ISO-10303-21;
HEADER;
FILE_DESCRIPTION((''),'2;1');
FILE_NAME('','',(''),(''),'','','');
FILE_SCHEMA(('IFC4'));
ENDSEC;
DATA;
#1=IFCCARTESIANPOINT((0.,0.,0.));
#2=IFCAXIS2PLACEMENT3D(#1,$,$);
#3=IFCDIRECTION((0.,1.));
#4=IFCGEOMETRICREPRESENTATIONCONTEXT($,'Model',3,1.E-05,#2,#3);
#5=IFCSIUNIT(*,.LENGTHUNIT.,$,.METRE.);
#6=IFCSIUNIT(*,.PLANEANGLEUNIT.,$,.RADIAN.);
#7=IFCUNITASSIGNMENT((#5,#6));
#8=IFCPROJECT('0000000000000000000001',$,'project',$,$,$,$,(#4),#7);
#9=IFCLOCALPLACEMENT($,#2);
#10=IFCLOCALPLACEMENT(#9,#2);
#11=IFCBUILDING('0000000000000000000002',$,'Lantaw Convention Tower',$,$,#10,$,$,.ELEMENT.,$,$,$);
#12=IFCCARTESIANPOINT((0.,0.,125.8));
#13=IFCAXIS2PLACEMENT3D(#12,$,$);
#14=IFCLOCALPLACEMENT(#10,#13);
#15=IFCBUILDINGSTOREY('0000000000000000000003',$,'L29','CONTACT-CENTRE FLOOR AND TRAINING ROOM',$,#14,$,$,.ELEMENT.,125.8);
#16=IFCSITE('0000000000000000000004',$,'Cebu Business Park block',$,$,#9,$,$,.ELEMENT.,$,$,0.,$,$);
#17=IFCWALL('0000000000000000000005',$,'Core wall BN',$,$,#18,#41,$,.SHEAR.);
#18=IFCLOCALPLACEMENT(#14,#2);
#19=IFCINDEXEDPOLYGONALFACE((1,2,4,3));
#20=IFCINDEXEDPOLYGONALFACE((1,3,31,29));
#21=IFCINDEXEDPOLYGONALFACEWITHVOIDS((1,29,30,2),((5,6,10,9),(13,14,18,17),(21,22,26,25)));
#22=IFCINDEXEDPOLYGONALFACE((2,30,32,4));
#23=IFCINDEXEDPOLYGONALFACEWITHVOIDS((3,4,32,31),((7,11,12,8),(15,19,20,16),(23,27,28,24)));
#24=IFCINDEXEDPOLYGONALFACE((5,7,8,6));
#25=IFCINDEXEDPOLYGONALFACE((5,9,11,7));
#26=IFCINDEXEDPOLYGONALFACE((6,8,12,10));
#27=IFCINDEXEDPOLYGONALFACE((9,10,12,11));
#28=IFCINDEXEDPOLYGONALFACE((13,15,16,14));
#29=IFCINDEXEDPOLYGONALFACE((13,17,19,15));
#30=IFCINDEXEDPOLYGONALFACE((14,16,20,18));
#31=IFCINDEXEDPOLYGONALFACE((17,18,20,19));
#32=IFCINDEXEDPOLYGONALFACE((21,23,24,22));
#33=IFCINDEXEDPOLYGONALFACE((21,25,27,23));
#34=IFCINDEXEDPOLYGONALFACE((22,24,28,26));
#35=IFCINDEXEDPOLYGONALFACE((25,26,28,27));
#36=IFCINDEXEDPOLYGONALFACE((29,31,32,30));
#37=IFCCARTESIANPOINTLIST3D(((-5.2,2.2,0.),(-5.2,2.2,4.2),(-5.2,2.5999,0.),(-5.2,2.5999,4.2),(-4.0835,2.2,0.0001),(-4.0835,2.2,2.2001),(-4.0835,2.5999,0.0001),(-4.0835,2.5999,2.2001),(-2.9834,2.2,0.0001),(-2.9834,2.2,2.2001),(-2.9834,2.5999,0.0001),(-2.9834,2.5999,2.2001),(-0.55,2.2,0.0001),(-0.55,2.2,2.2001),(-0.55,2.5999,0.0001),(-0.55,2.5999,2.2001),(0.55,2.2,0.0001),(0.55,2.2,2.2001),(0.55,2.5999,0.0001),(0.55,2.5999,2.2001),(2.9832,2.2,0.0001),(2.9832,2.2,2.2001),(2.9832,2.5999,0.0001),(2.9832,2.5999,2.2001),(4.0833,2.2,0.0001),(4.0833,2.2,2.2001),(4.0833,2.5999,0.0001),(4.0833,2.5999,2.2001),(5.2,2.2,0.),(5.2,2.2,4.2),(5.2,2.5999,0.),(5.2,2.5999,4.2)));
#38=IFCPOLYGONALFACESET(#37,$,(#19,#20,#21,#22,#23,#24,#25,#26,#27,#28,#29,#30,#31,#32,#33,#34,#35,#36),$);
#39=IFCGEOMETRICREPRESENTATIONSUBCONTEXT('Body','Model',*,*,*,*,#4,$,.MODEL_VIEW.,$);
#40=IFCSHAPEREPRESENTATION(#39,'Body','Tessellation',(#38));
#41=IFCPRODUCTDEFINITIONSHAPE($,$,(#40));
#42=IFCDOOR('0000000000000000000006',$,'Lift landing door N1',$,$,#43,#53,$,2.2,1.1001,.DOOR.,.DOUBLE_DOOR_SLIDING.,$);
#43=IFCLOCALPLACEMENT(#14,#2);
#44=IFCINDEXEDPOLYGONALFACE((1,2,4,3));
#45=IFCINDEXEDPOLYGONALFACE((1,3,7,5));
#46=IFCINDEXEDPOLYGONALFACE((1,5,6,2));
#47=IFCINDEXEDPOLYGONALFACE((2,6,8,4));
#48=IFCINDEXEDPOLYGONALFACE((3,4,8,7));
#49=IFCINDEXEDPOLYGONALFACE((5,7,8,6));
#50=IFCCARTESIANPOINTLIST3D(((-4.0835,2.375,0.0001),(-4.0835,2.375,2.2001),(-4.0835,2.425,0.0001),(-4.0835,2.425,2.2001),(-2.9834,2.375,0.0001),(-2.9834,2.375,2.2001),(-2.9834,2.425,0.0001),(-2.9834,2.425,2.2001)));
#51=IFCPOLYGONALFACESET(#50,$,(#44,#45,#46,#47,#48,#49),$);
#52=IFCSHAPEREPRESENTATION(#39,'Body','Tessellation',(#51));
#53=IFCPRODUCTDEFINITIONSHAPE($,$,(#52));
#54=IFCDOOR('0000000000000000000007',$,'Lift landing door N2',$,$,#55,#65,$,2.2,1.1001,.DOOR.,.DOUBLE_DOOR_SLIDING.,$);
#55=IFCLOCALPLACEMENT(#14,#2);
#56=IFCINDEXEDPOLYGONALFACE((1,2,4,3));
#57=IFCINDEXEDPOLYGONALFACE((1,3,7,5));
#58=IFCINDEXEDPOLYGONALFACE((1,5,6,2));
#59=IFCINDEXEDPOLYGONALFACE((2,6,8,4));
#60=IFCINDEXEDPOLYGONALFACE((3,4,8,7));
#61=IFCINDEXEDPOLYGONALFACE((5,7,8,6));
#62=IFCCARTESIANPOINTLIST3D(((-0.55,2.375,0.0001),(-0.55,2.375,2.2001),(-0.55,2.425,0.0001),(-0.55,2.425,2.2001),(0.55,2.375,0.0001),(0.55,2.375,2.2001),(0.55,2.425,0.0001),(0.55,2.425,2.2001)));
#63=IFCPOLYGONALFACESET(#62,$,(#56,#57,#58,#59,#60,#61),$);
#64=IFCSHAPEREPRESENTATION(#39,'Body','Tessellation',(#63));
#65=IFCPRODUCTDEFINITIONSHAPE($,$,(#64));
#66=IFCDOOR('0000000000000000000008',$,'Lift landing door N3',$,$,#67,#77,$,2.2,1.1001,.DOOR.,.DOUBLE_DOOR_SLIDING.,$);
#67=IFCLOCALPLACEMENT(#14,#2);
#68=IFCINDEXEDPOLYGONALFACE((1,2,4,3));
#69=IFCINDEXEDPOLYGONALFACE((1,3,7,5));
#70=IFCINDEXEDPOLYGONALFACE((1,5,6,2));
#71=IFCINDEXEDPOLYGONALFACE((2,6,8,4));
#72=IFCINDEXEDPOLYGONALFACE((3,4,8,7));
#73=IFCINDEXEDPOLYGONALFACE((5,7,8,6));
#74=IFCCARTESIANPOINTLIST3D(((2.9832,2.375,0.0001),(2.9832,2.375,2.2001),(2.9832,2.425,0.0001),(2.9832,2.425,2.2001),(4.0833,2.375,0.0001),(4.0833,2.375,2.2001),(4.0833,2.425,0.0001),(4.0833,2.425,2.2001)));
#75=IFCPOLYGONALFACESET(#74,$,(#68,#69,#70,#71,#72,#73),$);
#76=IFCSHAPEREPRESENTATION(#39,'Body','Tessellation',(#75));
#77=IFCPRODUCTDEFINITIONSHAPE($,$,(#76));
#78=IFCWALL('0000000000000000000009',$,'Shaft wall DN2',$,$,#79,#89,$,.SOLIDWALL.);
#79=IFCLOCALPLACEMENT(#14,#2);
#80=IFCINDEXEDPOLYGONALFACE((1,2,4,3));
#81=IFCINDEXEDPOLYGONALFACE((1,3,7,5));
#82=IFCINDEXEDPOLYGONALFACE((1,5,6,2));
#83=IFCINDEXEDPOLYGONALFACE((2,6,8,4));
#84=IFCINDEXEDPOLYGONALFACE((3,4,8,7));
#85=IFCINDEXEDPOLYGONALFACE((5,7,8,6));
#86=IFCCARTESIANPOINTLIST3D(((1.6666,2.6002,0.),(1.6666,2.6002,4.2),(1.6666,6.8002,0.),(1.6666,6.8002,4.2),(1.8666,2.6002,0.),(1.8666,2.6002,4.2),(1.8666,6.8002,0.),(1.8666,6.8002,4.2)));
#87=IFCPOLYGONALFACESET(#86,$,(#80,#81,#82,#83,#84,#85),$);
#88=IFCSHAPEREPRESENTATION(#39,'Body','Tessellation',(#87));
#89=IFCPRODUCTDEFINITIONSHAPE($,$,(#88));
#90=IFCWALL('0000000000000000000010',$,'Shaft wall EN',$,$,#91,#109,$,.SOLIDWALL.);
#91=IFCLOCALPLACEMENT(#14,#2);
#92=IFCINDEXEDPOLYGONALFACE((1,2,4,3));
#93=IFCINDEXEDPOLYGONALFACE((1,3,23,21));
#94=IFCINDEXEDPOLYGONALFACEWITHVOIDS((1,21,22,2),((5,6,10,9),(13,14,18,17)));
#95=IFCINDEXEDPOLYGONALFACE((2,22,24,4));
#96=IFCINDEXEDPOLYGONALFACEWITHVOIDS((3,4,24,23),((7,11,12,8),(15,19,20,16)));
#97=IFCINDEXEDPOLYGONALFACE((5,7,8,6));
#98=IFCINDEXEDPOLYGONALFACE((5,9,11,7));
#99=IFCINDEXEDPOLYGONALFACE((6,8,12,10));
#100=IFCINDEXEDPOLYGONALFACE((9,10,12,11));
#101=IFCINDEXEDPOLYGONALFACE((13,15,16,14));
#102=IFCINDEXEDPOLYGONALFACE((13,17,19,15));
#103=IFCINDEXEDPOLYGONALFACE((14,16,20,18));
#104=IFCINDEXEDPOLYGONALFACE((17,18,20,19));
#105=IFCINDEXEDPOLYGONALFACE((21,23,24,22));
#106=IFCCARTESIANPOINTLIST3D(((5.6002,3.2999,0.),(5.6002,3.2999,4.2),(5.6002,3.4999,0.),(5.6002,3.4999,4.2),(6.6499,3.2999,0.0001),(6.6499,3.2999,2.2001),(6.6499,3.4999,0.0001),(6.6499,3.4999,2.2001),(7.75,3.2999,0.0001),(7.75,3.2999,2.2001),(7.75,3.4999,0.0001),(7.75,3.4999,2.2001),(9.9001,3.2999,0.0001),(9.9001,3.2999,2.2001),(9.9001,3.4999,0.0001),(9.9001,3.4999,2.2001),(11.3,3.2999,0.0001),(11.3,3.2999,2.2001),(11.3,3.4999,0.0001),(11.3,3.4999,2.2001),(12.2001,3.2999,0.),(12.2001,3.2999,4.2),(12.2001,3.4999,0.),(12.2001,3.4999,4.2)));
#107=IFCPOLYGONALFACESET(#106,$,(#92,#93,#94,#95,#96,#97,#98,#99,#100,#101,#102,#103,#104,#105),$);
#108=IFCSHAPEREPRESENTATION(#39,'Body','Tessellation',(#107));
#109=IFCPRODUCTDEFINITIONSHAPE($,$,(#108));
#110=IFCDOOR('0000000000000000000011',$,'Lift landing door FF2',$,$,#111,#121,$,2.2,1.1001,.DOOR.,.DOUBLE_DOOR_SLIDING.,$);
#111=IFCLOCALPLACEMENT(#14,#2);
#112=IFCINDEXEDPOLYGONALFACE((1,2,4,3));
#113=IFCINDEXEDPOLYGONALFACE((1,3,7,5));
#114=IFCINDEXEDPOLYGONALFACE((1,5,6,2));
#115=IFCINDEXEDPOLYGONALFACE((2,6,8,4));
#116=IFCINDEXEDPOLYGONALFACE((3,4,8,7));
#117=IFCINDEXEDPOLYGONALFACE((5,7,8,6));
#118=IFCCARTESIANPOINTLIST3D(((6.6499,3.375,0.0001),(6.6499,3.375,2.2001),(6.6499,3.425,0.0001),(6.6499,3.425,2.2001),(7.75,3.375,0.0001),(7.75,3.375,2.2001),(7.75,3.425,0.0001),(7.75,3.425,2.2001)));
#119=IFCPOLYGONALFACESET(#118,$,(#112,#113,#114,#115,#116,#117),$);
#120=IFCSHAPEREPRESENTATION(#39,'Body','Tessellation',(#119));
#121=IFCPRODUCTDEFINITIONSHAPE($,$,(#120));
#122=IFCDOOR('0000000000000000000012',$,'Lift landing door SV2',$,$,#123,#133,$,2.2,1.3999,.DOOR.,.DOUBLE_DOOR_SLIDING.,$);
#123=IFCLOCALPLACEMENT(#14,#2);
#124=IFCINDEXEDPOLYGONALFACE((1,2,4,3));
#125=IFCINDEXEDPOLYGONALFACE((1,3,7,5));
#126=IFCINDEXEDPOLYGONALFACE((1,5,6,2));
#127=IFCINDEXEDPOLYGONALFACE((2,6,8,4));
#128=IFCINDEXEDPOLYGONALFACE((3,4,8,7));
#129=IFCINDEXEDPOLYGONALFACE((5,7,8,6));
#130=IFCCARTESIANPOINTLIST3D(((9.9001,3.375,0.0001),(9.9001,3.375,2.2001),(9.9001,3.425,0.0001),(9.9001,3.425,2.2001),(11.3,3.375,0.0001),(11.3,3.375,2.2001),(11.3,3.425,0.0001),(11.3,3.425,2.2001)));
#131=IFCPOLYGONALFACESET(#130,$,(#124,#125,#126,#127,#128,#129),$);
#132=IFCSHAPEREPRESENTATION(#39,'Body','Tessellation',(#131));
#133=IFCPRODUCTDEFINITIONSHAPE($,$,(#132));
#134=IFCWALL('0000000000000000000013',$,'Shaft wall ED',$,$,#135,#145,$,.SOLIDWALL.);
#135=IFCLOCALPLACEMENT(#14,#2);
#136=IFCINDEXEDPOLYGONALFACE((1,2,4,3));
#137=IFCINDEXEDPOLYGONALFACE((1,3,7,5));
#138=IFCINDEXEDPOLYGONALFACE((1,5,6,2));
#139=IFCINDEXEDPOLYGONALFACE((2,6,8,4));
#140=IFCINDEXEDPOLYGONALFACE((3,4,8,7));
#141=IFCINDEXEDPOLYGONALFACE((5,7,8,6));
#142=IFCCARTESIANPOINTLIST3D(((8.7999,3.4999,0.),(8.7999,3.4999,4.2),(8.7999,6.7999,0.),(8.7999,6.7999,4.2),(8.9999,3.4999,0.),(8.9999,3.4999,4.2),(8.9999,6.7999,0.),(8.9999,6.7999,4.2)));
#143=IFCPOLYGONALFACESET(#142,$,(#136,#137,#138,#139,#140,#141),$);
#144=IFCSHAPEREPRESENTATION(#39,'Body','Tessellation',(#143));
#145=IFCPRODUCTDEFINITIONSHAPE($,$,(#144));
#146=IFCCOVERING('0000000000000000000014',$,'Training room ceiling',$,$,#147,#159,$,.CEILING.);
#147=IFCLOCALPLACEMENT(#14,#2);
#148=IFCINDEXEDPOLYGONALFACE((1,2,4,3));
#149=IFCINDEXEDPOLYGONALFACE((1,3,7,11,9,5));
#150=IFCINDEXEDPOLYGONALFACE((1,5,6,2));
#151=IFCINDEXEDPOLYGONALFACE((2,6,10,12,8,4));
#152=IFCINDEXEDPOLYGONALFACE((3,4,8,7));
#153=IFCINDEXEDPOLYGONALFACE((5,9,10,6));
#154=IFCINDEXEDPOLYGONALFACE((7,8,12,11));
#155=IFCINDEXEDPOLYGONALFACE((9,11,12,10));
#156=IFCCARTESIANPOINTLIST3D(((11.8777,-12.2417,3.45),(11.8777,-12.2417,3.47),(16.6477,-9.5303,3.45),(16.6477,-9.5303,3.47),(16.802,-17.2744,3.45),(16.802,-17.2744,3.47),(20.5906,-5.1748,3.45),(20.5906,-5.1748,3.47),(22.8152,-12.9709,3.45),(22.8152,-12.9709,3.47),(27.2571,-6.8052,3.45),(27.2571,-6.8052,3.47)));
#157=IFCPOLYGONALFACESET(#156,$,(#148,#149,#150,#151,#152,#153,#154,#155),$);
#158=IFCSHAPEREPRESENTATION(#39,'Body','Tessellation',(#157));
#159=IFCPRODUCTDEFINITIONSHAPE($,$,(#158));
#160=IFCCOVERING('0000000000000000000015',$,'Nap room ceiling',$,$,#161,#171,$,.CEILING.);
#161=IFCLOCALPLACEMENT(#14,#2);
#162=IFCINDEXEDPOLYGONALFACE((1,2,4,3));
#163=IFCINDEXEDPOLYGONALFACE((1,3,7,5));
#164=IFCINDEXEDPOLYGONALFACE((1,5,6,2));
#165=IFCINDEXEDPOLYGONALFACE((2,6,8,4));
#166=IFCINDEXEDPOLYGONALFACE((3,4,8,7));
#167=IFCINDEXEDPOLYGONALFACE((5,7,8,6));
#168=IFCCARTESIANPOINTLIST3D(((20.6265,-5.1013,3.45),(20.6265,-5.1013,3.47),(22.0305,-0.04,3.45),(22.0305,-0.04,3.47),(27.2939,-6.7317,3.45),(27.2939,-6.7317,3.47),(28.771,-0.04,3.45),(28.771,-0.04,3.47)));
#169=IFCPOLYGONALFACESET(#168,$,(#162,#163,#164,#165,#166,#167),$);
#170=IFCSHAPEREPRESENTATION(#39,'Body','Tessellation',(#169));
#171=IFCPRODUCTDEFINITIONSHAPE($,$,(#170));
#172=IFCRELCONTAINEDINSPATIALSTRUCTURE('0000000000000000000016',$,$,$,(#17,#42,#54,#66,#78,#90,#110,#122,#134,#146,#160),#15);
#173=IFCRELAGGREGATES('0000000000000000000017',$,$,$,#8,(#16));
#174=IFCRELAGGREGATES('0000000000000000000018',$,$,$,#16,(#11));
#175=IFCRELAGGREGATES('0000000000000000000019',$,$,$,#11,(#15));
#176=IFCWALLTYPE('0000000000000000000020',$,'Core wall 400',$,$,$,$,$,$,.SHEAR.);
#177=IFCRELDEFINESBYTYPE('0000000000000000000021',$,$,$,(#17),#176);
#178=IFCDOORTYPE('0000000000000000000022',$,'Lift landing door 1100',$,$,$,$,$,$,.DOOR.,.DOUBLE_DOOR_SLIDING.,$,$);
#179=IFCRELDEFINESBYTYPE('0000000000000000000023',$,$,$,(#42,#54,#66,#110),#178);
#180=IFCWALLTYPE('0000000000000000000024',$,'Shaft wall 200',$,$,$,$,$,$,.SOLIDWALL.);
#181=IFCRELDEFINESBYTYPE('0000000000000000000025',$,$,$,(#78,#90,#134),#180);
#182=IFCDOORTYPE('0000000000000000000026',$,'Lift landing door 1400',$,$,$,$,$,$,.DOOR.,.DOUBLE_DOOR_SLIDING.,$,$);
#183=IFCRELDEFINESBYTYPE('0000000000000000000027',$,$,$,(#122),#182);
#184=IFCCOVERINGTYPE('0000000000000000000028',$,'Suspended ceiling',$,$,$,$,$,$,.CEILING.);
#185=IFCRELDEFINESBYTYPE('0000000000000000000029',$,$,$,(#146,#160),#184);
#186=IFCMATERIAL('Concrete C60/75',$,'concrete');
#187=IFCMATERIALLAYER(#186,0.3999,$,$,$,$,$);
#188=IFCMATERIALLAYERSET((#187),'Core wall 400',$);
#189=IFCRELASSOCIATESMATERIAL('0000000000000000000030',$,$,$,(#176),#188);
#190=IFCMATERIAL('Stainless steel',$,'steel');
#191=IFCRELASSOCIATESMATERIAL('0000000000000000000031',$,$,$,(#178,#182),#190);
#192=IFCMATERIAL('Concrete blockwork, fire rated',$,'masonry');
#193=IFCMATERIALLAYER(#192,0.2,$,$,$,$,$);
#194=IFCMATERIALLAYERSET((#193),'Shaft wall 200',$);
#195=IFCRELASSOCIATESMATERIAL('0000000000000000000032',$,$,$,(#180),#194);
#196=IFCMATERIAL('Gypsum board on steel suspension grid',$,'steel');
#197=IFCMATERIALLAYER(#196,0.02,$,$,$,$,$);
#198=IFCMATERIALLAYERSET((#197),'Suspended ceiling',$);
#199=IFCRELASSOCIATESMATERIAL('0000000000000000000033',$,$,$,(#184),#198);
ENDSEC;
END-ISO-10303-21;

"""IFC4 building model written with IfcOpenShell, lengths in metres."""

from ifc_helpers import new_model, si_unit, direction, frame, frame_2d, origin, place, context, subcontext, project, spatial, polyline, rectangle, outline, extrude, material, layer, layer_set, type_object, element, fill, save


model = new_model("IFC4")

# Units and contexts
model_context = context("Model", 3, precision=1e-05, world=origin(), true_north=direction((0.0, 1.0)))
body_context = subcontext(model_context, "Body", "Model", "MODEL_VIEW")
ifc_project = project(units=[si_unit("LENGTHUNIT", "METRE"), si_unit("PLANEANGLEUNIT", "RADIAN")], contexts=[model_context])

# Site, building, storey
site_placement = place(None, origin())
site = spatial("IfcSite", under=ifc_project, at=site_placement, Name="Cebu Business Park block", CompositionType="ELEMENT", RefElevation=0.0)
building_placement = place(site_placement, origin())
building = spatial("IfcBuilding", under=site, at=building_placement, Name="Lantaw Convention Tower", CompositionType="ELEMENT")
storey_placement = place(building_placement, frame((0.0, 0.0, 125.8)))
storey = spatial("IfcBuildingStorey", under=building, at=storey_placement, Name="L29", Description="CONTACT-CENTRE FLOOR AND TRAINING ROOM", CompositionType="ELEMENT", Elevation=125.8)

# Wall, openings, doors
ifc_material_1 = material(Name="Concrete C60/75", Category="concrete")
ifc_layer_1 = layer(ifc_material_1, 0.3999)
ifc_layer_set_1 = layer_set([ifc_layer_1], Name="Core wall 400")
wall_type_1 = type_object("IfcWallType", Name="Core wall 400", PredefinedType="SHEAR", material=ifc_layer_set_1)
wall_1_placement = place(storey_placement, frame((5.2, 2.3999, 0.0), z_axis=(0.0, 0.0, 1.0), x_axis=(-1.0, 0.0, 0.0)))
wall_1 = element("IfcWall", 1, at=wall_1_placement, inside=storey, type_object=wall_type_1, Name="Core wall BN", PredefinedType="SHEAR", context=body_context, shape_type="SweptSolid", body=[
    extrude(rectangle(XDim=10.3999, YDim=0.3999, at=frame_2d((5.2, 0.0))), origin(), (0.0, 0.0, 1.0), 4.2),
])
opening_1_placement = place(wall_1_placement, frame((8.1833, 0.0, 0.0)))
opening_1 = element("IfcOpeningElement", 2, at=opening_1_placement, cuts=wall_1, PredefinedType="OPENING", context=body_context, shape_type="SweptSolid", body=[
    extrude(rectangle(XDim=1.1001, YDim=2.2, at=frame_2d((0.55, 1.1001))), frame((0.0, 0.21, 0.0), z_axis=(0.0, -1.0, 0.0), x_axis=(1.0, 0.0, 0.0)), (0.0, 0.0, 1.0), 0.4199),
])
opening_2_placement = place(wall_1_placement, frame((4.6499, 0.0, 0.0)))
opening_2 = element("IfcOpeningElement", 3, at=opening_2_placement, cuts=wall_1, PredefinedType="OPENING", context=body_context, shape_type="SweptSolid", body=[
    extrude(rectangle(XDim=1.1001, YDim=2.2, at=frame_2d((0.55, 1.1001))), frame((0.0, 0.21, 0.0), z_axis=(0.0, -1.0, 0.0), x_axis=(1.0, 0.0, 0.0)), (0.0, 0.0, 1.0), 0.4199),
])
opening_3_placement = place(wall_1_placement, frame((1.1167, 0.0, 0.0)))
opening_3 = element("IfcOpeningElement", 4, at=opening_3_placement, cuts=wall_1, PredefinedType="OPENING", context=body_context, shape_type="SweptSolid", body=[
    extrude(rectangle(XDim=1.1001, YDim=2.2, at=frame_2d((0.55, 1.1001))), frame((0.0, 0.21, 0.0), z_axis=(0.0, -1.0, 0.0), x_axis=(1.0, 0.0, 0.0)), (0.0, 0.0, 1.0), 0.4199),
])
ifc_material_2 = material(Name="Stainless steel", Category="steel")
door_type_1 = type_object("IfcDoorType", Name="Lift landing door 1100", OperationType="DOUBLE_DOOR_SLIDING", PredefinedType="DOOR", material=ifc_material_2)
door_1_placement = place(opening_1_placement, origin())
door_1 = element("IfcDoor", 5, at=door_1_placement, inside=storey, type_object=door_type_1, Name="Lift landing door N1", OperationType="DOUBLE_DOOR_SLIDING", OverallHeight=2.2, OverallWidth=1.1001, PredefinedType="DOOR", context=body_context, shape_type="SweptSolid", body=[
    extrude(rectangle(XDim=1.1001, YDim=2.2, at=frame_2d((0.55, 1.1001))), frame((0.0, 0.0249, 0.0), z_axis=(0.0, -1.0, 0.0), x_axis=(1.0, 0.0, 0.0)), (0.0, 0.0, 1.0), 0.05),
])
fill(opening_1, door_1)
door_2_placement = place(opening_2_placement, origin())
door_2 = element("IfcDoor", 6, at=door_2_placement, inside=storey, type_object=door_type_1, Name="Lift landing door N2", OperationType="DOUBLE_DOOR_SLIDING", OverallHeight=2.2, OverallWidth=1.1001, PredefinedType="DOOR", context=body_context, shape_type="SweptSolid", body=[
    extrude(rectangle(XDim=1.1001, YDim=2.2, at=frame_2d((0.55, 1.1001))), frame((0.0, 0.0249, 0.0), z_axis=(0.0, -1.0, 0.0), x_axis=(1.0, 0.0, 0.0)), (0.0, 0.0, 1.0), 0.05),
])
fill(opening_2, door_2)
door_3_placement = place(opening_3_placement, origin())
door_3 = element("IfcDoor", 7, at=door_3_placement, inside=storey, type_object=door_type_1, Name="Lift landing door N3", OperationType="DOUBLE_DOOR_SLIDING", OverallHeight=2.2, OverallWidth=1.1001, PredefinedType="DOOR", context=body_context, shape_type="SweptSolid", body=[
    extrude(rectangle(XDim=1.1001, YDim=2.2, at=frame_2d((0.55, 1.1001))), frame((0.0, 0.0249, 0.0), z_axis=(0.0, -1.0, 0.0), x_axis=(1.0, 0.0, 0.0)), (0.0, 0.0, 1.0), 0.05),
])
fill(opening_3, door_3)

# Wall
ifc_material_3 = material(Name="Concrete blockwork, fire rated", Category="masonry")
ifc_layer_2 = layer(ifc_material_3, 0.2)
ifc_layer_set_2 = layer_set([ifc_layer_2], Name="Shaft wall 200")
wall_type_2 = type_object("IfcWallType", Name="Shaft wall 200", PredefinedType="SOLIDWALL", material=ifc_layer_set_2)
wall_2_placement = place(storey_placement, frame((1.7666, 2.6001, 0.0), z_axis=(0.0, 0.0, 1.0), x_axis=(0.0, 1.0, 0.0)))
element("IfcWall", 8, at=wall_2_placement, inside=storey, type_object=wall_type_2, Name="Shaft wall DN2", PredefinedType="SOLIDWALL", context=body_context, shape_type="SweptSolid", body=[
    extrude(rectangle(XDim=4.2, YDim=0.2, at=frame_2d((2.1001, 0.0))), origin(), (0.0, 0.0, 1.0), 4.2),
])

# Wall, openings, doors
wall_3_placement = place(storey_placement, frame((12.2, 3.3999, 0.0), z_axis=(0.0, 0.0, 1.0), x_axis=(-1.0, 0.0, 0.0)))
wall_3 = element("IfcWall", 9, at=wall_3_placement, inside=storey, type_object=wall_type_2, Name="Shaft wall EN", PredefinedType="SOLIDWALL", context=body_context, shape_type="SweptSolid", body=[
    extrude(rectangle(XDim=6.5999, YDim=0.2, at=frame_2d((3.2998, 0.0))), origin(), (0.0, 0.0, 1.0), 4.2),
])
opening_4_placement = place(wall_3_placement, frame((4.45, 0.0, 0.0)))
opening_4 = element("IfcOpeningElement", 10, at=opening_4_placement, cuts=wall_3, PredefinedType="OPENING", context=body_context, shape_type="SweptSolid", body=[
    extrude(rectangle(XDim=1.1001, YDim=2.2, at=frame_2d((0.55, 1.1001))), frame((0.0, 0.1099, 0.0), z_axis=(0.0, -1.0, 0.0), x_axis=(1.0, 0.0, 0.0)), (0.0, 0.0, 1.0), 0.22),
])
opening_5_placement = place(wall_3_placement, frame((0.8999, 0.0, 0.0)))
opening_5 = element("IfcOpeningElement", 11, at=opening_5_placement, cuts=wall_3, PredefinedType="OPENING", context=body_context, shape_type="SweptSolid", body=[
    extrude(rectangle(XDim=1.3999, YDim=2.2, at=frame_2d((0.7, 1.1001))), frame((0.0, 0.1099, 0.0), z_axis=(0.0, -1.0, 0.0), x_axis=(1.0, 0.0, 0.0)), (0.0, 0.0, 1.0), 0.22),
])
door_4_placement = place(opening_4_placement, origin())
door_4 = element("IfcDoor", 12, at=door_4_placement, inside=storey, type_object=door_type_1, Name="Lift landing door FF2", OperationType="DOUBLE_DOOR_SLIDING", OverallHeight=2.2, OverallWidth=1.1001, PredefinedType="DOOR", context=body_context, shape_type="SweptSolid", body=[
    extrude(rectangle(XDim=1.1001, YDim=2.2, at=frame_2d((0.55, 1.1001))), frame((0.0, 0.0249, 0.0), z_axis=(0.0, -1.0, 0.0), x_axis=(1.0, 0.0, 0.0)), (0.0, 0.0, 1.0), 0.05),
])
fill(opening_4, door_4)
door_type_2 = type_object("IfcDoorType", Name="Lift landing door 1400", OperationType="DOUBLE_DOOR_SLIDING", PredefinedType="DOOR", material=ifc_material_2)
door_5_placement = place(opening_5_placement, origin())
door_5 = element("IfcDoor", 13, at=door_5_placement, inside=storey, type_object=door_type_2, Name="Lift landing door SV2", OperationType="DOUBLE_DOOR_SLIDING", OverallHeight=2.2, OverallWidth=1.3999, PredefinedType="DOOR", context=body_context, shape_type="SweptSolid", body=[
    extrude(rectangle(XDim=1.3999, YDim=2.2, at=frame_2d((0.7, 1.1001))), frame((0.0, 0.0249, 0.0), z_axis=(0.0, -1.0, 0.0), x_axis=(1.0, 0.0, 0.0)), (0.0, 0.0, 1.0), 0.05),
])
fill(opening_5, door_5)

# Wall
wall_4_placement = place(storey_placement, frame((8.8999, 3.5, 0.0), z_axis=(0.0, 0.0, 1.0), x_axis=(0.0, 1.0, 0.0)))
element("IfcWall", 14, at=wall_4_placement, inside=storey, type_object=wall_type_2, Name="Shaft wall ED", PredefinedType="SOLIDWALL", context=body_context, shape_type="SweptSolid", body=[
    extrude(rectangle(XDim=3.3, YDim=0.2, at=frame_2d((1.6499, 0.0))), origin(), (0.0, 0.0, 1.0), 4.2),
])

# Coverings
ifc_material_4 = material(Name="Gypsum board on steel suspension grid", Category="steel")
ifc_layer_3 = layer(ifc_material_4, 0.02)
ifc_layer_set_3 = layer_set([ifc_layer_3], Name="Suspended ceiling")
covering_type = type_object("IfcCoveringType", Name="Suspended ceiling", PredefinedType="CEILING", material=ifc_layer_set_3)
covering_1_placement = place(storey_placement, frame((0.0, 0.0, 3.45)))
element("IfcCovering", 15, at=covering_1_placement, inside=storey, type_object=covering_type, Name="Training room ceiling", PredefinedType="CEILING", context=body_context, shape_type="SweptSolid", body=[
    extrude(outline(polyline([(11.8777, -12.2417), (16.802, -17.2744), (22.8152, -12.9709), (27.2571, -6.8052), (20.5906, -5.1748), (16.6477, -9.5303), (11.8777, -12.2417)])), origin(), (0.0, 0.0, 1.0), 0.02),
])
covering_2_placement = place(storey_placement, frame((0.0, 0.0, 3.45)))
element("IfcCovering", 16, at=covering_2_placement, inside=storey, type_object=covering_type, Name="Nap room ceiling", PredefinedType="CEILING", context=body_context, shape_type="SweptSolid", body=[
    extrude(outline(polyline([(20.6265, -5.1013), (27.2939, -6.7317), (28.771, -0.04), (22.0305, -0.04), (20.6265, -5.1013)])), origin(), (0.0, 0.0, 1.0), 0.02),
])

save(model, "model.ifc")
